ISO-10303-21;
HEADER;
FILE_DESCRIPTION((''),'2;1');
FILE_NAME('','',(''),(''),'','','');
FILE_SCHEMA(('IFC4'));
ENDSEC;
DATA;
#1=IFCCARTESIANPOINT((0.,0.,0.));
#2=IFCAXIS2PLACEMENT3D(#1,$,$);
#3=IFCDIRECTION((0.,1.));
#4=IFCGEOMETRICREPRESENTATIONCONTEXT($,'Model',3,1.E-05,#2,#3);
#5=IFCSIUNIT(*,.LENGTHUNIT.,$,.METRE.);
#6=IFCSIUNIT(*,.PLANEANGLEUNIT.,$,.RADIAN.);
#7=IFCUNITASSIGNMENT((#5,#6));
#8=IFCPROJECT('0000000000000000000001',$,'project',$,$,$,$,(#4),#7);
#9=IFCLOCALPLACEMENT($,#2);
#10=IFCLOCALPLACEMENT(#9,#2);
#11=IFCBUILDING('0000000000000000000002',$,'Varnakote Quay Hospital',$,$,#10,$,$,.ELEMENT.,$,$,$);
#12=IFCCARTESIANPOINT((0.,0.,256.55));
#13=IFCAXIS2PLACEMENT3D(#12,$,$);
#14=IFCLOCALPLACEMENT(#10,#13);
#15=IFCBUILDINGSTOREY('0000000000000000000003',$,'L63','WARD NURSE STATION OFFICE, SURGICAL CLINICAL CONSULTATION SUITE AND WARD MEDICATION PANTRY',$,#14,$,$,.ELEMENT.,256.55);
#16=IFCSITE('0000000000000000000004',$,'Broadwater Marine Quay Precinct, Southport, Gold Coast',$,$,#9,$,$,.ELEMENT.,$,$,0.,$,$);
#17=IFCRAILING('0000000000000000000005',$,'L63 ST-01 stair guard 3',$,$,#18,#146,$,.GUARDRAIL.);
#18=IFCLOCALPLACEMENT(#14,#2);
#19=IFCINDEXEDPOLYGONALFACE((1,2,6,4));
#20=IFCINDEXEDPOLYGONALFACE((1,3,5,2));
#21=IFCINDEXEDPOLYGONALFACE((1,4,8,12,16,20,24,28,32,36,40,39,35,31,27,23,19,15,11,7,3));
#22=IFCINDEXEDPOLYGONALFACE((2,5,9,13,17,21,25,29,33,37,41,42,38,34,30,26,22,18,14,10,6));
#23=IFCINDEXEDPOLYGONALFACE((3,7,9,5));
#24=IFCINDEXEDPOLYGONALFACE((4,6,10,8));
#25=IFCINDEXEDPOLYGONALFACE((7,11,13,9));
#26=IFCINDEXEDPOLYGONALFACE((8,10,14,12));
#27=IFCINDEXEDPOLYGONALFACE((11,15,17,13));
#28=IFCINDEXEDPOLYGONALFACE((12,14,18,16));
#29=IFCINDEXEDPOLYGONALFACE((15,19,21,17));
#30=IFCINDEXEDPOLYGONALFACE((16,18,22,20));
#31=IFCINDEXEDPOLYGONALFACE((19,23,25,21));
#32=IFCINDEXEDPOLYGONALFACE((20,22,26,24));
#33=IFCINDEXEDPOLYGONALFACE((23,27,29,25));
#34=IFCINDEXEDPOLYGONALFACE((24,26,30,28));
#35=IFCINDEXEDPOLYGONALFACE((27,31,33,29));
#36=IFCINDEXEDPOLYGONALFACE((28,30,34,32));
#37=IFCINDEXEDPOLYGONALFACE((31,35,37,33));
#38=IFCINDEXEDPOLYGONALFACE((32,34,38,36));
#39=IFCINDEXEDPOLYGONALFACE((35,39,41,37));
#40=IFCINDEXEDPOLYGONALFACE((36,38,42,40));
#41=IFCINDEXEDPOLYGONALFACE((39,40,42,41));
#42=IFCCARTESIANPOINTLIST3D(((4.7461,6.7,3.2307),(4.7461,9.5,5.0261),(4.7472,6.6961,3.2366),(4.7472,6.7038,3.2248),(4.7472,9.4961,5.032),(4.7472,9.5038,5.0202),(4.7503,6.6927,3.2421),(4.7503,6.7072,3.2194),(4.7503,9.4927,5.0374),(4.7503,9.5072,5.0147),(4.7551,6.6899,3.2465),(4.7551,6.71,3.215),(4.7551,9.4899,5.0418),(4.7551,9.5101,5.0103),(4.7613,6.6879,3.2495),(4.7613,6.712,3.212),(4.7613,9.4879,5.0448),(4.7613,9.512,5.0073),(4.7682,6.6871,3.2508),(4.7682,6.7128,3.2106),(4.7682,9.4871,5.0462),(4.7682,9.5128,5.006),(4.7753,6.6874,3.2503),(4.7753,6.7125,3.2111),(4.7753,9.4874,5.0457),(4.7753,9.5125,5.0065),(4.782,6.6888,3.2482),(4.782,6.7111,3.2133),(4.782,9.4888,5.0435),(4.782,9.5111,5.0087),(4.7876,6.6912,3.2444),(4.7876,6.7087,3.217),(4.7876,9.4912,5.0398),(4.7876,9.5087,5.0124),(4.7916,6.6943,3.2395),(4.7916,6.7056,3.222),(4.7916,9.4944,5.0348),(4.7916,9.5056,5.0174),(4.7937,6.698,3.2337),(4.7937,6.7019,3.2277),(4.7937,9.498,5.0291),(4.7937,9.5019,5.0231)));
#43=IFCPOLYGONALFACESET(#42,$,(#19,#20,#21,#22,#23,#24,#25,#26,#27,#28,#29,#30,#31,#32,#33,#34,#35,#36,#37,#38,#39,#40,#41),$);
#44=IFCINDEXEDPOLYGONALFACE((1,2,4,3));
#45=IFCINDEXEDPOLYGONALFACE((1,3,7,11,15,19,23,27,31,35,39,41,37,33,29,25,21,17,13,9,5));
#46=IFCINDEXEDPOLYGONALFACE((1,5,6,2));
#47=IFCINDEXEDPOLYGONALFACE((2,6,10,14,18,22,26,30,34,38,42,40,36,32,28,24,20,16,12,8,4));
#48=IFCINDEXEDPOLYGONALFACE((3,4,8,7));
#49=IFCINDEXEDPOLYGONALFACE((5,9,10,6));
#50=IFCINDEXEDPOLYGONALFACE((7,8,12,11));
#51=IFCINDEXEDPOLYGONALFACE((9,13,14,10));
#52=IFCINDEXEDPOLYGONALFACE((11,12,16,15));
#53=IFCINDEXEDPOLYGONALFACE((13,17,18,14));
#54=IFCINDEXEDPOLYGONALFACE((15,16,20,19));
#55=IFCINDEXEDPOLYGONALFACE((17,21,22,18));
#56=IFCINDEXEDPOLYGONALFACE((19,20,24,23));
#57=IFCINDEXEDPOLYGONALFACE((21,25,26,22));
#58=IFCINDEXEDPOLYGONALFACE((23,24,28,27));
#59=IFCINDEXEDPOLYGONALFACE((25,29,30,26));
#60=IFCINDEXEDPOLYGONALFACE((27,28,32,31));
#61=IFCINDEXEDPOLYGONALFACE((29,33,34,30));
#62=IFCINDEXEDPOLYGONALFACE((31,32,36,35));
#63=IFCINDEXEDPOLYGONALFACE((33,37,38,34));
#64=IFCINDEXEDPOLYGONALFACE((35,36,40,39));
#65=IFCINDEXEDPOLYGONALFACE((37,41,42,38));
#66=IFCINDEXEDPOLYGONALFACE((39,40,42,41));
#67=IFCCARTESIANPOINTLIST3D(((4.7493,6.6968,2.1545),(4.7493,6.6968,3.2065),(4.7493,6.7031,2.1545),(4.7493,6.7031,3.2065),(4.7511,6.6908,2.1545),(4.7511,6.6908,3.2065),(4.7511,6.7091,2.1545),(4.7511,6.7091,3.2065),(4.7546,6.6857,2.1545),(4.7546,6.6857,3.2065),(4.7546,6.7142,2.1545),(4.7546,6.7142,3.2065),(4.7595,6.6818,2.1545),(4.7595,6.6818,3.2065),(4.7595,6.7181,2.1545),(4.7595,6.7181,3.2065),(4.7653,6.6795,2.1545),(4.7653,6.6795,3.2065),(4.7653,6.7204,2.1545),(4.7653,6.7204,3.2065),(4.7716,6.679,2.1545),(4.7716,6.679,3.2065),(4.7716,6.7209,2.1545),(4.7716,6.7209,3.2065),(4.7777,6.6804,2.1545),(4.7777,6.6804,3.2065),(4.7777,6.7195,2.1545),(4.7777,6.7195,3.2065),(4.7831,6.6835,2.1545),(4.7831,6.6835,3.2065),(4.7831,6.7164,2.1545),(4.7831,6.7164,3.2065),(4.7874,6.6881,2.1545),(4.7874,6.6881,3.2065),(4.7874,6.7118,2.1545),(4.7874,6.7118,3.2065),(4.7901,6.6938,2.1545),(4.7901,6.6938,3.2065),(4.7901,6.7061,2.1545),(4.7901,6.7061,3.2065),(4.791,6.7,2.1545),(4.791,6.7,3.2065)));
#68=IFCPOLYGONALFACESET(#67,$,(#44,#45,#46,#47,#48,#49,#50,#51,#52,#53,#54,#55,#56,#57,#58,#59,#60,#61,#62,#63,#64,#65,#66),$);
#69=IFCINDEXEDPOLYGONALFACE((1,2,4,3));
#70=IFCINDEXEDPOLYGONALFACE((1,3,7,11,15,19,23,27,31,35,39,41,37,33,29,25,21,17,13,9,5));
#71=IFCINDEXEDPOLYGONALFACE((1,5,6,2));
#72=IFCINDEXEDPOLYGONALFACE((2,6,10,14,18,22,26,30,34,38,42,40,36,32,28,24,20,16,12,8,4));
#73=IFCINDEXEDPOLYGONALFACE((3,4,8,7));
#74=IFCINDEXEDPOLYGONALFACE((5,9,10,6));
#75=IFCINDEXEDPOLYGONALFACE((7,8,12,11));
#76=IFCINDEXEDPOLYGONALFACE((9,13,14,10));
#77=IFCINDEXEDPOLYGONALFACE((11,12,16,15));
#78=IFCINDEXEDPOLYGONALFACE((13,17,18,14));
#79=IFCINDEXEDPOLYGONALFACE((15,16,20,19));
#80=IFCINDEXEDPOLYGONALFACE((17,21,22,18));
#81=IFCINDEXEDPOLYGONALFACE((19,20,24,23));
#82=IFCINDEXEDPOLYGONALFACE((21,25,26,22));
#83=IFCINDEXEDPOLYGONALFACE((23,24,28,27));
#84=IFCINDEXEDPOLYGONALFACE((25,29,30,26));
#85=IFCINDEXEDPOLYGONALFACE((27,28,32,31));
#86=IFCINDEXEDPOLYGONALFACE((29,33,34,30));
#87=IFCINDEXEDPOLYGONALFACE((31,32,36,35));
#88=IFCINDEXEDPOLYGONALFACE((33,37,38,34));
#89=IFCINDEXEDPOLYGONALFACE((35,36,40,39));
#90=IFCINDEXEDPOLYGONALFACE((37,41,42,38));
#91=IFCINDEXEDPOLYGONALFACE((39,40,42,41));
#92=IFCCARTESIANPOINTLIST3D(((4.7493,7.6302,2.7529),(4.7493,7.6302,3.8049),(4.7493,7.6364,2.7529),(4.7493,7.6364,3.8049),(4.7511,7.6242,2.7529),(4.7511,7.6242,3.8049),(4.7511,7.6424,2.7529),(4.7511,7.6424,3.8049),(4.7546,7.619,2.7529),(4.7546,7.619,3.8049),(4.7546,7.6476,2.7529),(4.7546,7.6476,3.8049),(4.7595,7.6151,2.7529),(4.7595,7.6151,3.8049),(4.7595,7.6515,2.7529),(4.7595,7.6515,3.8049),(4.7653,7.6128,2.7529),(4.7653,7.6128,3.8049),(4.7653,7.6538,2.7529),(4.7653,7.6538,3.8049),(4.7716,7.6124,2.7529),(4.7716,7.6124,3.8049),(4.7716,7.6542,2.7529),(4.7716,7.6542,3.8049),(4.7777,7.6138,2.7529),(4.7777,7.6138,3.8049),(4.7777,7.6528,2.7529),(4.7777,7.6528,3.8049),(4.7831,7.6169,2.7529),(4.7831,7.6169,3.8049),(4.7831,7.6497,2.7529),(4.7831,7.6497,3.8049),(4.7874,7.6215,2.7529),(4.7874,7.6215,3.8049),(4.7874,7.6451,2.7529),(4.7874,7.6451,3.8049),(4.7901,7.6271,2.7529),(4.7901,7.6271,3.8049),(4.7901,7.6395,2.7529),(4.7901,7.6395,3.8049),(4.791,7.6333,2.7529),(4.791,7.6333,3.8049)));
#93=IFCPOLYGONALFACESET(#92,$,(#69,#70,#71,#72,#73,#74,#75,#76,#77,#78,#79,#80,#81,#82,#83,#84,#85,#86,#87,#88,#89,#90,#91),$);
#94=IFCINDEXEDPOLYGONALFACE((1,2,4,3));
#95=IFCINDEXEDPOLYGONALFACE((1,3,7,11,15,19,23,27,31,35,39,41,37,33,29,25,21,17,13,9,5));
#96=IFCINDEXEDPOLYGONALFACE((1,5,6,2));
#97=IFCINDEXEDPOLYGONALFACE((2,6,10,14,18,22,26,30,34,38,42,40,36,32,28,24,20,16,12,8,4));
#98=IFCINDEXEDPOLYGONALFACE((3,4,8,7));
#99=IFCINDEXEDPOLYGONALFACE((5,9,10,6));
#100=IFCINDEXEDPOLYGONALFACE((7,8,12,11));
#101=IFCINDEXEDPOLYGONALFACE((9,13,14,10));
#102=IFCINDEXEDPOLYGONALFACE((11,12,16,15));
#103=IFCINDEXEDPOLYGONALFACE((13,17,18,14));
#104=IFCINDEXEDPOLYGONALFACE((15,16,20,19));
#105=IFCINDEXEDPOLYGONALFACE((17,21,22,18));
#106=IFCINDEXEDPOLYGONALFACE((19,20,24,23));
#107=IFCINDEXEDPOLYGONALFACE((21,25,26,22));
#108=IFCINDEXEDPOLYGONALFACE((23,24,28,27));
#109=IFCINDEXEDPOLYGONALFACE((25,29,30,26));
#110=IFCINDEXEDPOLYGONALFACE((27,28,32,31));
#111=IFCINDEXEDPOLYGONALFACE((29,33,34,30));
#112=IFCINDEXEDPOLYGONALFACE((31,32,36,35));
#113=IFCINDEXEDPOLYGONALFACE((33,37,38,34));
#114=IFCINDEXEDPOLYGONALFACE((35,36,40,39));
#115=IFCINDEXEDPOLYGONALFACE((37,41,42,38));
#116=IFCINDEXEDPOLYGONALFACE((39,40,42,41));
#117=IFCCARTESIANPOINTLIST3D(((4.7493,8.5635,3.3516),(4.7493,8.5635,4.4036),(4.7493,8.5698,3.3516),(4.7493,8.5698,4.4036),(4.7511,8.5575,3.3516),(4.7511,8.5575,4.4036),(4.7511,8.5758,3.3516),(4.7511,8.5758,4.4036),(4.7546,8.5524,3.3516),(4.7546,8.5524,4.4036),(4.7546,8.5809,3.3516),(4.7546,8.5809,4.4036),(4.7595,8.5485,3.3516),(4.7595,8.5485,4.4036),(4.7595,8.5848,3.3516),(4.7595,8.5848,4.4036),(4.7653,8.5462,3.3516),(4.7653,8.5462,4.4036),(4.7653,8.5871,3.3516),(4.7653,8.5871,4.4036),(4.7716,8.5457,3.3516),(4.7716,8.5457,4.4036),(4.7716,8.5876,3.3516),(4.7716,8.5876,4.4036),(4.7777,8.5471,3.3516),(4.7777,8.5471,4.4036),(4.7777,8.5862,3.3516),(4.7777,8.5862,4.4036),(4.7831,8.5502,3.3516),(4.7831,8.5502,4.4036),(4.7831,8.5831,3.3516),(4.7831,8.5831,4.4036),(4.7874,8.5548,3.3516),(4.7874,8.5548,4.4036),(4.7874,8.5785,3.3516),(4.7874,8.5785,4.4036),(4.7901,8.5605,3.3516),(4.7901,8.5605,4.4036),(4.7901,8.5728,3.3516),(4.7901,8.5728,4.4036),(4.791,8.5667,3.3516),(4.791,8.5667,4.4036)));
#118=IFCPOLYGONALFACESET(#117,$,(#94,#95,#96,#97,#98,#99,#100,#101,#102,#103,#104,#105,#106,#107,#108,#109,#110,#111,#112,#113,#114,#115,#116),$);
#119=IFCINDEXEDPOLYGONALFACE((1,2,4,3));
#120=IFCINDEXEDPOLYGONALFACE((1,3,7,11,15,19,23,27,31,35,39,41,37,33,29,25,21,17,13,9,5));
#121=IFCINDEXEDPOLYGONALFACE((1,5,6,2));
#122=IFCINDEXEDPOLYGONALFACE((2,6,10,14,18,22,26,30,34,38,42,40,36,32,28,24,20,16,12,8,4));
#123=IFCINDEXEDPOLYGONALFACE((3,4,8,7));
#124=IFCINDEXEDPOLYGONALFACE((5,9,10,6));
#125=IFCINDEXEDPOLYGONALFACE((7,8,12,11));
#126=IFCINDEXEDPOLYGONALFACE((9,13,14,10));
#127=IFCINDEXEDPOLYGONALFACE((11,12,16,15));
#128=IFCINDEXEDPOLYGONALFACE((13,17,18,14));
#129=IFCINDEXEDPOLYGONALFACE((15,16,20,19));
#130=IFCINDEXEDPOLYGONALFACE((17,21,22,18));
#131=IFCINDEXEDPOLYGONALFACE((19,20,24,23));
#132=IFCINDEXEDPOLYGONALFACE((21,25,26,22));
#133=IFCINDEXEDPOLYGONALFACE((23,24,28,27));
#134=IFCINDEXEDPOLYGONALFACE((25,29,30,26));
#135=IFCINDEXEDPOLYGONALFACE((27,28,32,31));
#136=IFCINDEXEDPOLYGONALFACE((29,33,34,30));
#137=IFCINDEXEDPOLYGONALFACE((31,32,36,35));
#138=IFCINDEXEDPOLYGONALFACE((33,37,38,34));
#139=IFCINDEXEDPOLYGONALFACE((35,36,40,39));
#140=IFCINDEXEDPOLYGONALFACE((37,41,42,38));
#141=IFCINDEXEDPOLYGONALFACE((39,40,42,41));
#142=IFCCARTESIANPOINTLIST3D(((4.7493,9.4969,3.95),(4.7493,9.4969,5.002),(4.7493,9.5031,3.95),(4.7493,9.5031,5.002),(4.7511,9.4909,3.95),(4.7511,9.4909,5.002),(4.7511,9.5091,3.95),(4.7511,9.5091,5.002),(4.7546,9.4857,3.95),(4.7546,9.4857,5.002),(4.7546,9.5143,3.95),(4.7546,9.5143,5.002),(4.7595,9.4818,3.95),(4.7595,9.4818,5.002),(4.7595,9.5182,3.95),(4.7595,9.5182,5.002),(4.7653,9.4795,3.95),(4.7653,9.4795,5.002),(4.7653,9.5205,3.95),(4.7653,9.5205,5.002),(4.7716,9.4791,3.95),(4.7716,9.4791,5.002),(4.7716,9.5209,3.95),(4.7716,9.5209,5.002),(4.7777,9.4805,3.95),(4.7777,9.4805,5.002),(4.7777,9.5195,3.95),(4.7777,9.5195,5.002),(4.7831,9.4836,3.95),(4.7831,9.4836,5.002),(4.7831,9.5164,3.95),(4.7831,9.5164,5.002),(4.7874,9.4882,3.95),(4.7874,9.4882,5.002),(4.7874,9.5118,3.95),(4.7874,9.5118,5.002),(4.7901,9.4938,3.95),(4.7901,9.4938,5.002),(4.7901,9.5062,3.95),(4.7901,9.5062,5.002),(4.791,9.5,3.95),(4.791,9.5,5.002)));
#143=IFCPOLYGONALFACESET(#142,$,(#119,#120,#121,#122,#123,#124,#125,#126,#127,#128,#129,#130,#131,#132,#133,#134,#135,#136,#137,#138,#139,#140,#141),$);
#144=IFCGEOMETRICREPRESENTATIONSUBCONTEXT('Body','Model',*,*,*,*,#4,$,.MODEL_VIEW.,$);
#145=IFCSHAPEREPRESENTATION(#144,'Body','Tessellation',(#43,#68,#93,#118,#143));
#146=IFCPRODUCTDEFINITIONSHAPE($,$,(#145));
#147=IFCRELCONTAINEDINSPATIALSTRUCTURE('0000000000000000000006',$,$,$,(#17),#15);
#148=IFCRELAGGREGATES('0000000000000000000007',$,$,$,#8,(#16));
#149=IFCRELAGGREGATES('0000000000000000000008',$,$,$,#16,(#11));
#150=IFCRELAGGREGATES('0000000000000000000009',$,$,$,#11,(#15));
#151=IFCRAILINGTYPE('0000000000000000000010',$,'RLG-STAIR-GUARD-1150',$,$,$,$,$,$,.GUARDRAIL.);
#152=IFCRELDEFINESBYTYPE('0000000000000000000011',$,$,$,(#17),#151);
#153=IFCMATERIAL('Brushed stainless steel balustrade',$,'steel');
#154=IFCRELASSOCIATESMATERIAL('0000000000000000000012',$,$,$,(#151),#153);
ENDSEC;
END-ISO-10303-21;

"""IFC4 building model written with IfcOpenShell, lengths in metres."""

from ifc_helpers import new_model, si_unit, direction, frame, origin, origin_2d, place, context, subcontext, project, spatial, circle, extrude, material, type_object, element, save


model = new_model("IFC4")

# Units and contexts
model_context = context("Model", 3, precision=1e-05, world=origin(), true_north=direction((0.0, 1.0)))
body_context = subcontext(model_context, "Body", "Model", "MODEL_VIEW")
ifc_project = project(units=[si_unit("LENGTHUNIT", "METRE"), si_unit("PLANEANGLEUNIT", "RADIAN")], contexts=[model_context])

# Site, building, storey
site_placement = place(None, origin())
site = spatial("IfcSite", under=ifc_project, at=site_placement, Name="Broadwater Marine Quay Precinct, Southport, Gold Coast", CompositionType="ELEMENT", RefElevation=0.0)
building_placement = place(site_placement, origin())
building = spatial("IfcBuilding", under=site, at=building_placement, Name="Varnakote Quay Hospital", CompositionType="ELEMENT")
storey_placement = place(building_placement, frame((0.0, 0.0, 256.55)))
storey = spatial("IfcBuildingStorey", under=building, at=storey_placement, Name="L63", Description="WARD NURSE STATION OFFICE, SURGICAL CLINICAL CONSULTATION SUITE AND WARD MEDICATION PANTRY", CompositionType="ELEMENT", Elevation=256.55)

# Railing
ifc_material_1 = material(Name="Brushed stainless steel balustrade", Category="steel")
railing_type_1 = type_object("IfcRailingType", Name="RLG-STAIR-GUARD-1150", PredefinedType="GUARDRAIL", material=ifc_material_1)
railing_1_placement = place(storey_placement, frame((4.77, 6.7, 2.1545)))
element("IfcRailing", 1, at=railing_1_placement, inside=storey, type_object=railing_type_1, Name="L63 ST-01 stair guard 3", PredefinedType="GUARDRAIL", context=body_context, shape_type="SweptSolid", body=[
    extrude(circle(Radius=0.0239, at=origin_2d()), frame((0.0, 0.0, 1.0762), z_axis=(0.0, 0.84181, 0.539774), x_axis=(-1.0, 0.0, 0.0)), (0.0, 0.0, 1.0), 3.3262),
    extrude(circle(Radius=0.021, at=origin_2d()), origin(), (0.0, 0.0, 1.0), 1.052),
    extrude(circle(Radius=0.021, at=origin_2d()), frame((0.0, 0.9333, 0.5984)), (0.0, 0.0, 1.0), 1.052),
    extrude(circle(Radius=0.021, at=origin_2d()), frame((0.0, 1.8667, 1.197)), (0.0, 0.0, 1.0), 1.052),
    extrude(circle(Radius=0.021, at=origin_2d()), frame((0.0, 2.8, 1.7954)), (0.0, 0.0, 1.0), 1.052),
])

save(model, "model.ifc")
